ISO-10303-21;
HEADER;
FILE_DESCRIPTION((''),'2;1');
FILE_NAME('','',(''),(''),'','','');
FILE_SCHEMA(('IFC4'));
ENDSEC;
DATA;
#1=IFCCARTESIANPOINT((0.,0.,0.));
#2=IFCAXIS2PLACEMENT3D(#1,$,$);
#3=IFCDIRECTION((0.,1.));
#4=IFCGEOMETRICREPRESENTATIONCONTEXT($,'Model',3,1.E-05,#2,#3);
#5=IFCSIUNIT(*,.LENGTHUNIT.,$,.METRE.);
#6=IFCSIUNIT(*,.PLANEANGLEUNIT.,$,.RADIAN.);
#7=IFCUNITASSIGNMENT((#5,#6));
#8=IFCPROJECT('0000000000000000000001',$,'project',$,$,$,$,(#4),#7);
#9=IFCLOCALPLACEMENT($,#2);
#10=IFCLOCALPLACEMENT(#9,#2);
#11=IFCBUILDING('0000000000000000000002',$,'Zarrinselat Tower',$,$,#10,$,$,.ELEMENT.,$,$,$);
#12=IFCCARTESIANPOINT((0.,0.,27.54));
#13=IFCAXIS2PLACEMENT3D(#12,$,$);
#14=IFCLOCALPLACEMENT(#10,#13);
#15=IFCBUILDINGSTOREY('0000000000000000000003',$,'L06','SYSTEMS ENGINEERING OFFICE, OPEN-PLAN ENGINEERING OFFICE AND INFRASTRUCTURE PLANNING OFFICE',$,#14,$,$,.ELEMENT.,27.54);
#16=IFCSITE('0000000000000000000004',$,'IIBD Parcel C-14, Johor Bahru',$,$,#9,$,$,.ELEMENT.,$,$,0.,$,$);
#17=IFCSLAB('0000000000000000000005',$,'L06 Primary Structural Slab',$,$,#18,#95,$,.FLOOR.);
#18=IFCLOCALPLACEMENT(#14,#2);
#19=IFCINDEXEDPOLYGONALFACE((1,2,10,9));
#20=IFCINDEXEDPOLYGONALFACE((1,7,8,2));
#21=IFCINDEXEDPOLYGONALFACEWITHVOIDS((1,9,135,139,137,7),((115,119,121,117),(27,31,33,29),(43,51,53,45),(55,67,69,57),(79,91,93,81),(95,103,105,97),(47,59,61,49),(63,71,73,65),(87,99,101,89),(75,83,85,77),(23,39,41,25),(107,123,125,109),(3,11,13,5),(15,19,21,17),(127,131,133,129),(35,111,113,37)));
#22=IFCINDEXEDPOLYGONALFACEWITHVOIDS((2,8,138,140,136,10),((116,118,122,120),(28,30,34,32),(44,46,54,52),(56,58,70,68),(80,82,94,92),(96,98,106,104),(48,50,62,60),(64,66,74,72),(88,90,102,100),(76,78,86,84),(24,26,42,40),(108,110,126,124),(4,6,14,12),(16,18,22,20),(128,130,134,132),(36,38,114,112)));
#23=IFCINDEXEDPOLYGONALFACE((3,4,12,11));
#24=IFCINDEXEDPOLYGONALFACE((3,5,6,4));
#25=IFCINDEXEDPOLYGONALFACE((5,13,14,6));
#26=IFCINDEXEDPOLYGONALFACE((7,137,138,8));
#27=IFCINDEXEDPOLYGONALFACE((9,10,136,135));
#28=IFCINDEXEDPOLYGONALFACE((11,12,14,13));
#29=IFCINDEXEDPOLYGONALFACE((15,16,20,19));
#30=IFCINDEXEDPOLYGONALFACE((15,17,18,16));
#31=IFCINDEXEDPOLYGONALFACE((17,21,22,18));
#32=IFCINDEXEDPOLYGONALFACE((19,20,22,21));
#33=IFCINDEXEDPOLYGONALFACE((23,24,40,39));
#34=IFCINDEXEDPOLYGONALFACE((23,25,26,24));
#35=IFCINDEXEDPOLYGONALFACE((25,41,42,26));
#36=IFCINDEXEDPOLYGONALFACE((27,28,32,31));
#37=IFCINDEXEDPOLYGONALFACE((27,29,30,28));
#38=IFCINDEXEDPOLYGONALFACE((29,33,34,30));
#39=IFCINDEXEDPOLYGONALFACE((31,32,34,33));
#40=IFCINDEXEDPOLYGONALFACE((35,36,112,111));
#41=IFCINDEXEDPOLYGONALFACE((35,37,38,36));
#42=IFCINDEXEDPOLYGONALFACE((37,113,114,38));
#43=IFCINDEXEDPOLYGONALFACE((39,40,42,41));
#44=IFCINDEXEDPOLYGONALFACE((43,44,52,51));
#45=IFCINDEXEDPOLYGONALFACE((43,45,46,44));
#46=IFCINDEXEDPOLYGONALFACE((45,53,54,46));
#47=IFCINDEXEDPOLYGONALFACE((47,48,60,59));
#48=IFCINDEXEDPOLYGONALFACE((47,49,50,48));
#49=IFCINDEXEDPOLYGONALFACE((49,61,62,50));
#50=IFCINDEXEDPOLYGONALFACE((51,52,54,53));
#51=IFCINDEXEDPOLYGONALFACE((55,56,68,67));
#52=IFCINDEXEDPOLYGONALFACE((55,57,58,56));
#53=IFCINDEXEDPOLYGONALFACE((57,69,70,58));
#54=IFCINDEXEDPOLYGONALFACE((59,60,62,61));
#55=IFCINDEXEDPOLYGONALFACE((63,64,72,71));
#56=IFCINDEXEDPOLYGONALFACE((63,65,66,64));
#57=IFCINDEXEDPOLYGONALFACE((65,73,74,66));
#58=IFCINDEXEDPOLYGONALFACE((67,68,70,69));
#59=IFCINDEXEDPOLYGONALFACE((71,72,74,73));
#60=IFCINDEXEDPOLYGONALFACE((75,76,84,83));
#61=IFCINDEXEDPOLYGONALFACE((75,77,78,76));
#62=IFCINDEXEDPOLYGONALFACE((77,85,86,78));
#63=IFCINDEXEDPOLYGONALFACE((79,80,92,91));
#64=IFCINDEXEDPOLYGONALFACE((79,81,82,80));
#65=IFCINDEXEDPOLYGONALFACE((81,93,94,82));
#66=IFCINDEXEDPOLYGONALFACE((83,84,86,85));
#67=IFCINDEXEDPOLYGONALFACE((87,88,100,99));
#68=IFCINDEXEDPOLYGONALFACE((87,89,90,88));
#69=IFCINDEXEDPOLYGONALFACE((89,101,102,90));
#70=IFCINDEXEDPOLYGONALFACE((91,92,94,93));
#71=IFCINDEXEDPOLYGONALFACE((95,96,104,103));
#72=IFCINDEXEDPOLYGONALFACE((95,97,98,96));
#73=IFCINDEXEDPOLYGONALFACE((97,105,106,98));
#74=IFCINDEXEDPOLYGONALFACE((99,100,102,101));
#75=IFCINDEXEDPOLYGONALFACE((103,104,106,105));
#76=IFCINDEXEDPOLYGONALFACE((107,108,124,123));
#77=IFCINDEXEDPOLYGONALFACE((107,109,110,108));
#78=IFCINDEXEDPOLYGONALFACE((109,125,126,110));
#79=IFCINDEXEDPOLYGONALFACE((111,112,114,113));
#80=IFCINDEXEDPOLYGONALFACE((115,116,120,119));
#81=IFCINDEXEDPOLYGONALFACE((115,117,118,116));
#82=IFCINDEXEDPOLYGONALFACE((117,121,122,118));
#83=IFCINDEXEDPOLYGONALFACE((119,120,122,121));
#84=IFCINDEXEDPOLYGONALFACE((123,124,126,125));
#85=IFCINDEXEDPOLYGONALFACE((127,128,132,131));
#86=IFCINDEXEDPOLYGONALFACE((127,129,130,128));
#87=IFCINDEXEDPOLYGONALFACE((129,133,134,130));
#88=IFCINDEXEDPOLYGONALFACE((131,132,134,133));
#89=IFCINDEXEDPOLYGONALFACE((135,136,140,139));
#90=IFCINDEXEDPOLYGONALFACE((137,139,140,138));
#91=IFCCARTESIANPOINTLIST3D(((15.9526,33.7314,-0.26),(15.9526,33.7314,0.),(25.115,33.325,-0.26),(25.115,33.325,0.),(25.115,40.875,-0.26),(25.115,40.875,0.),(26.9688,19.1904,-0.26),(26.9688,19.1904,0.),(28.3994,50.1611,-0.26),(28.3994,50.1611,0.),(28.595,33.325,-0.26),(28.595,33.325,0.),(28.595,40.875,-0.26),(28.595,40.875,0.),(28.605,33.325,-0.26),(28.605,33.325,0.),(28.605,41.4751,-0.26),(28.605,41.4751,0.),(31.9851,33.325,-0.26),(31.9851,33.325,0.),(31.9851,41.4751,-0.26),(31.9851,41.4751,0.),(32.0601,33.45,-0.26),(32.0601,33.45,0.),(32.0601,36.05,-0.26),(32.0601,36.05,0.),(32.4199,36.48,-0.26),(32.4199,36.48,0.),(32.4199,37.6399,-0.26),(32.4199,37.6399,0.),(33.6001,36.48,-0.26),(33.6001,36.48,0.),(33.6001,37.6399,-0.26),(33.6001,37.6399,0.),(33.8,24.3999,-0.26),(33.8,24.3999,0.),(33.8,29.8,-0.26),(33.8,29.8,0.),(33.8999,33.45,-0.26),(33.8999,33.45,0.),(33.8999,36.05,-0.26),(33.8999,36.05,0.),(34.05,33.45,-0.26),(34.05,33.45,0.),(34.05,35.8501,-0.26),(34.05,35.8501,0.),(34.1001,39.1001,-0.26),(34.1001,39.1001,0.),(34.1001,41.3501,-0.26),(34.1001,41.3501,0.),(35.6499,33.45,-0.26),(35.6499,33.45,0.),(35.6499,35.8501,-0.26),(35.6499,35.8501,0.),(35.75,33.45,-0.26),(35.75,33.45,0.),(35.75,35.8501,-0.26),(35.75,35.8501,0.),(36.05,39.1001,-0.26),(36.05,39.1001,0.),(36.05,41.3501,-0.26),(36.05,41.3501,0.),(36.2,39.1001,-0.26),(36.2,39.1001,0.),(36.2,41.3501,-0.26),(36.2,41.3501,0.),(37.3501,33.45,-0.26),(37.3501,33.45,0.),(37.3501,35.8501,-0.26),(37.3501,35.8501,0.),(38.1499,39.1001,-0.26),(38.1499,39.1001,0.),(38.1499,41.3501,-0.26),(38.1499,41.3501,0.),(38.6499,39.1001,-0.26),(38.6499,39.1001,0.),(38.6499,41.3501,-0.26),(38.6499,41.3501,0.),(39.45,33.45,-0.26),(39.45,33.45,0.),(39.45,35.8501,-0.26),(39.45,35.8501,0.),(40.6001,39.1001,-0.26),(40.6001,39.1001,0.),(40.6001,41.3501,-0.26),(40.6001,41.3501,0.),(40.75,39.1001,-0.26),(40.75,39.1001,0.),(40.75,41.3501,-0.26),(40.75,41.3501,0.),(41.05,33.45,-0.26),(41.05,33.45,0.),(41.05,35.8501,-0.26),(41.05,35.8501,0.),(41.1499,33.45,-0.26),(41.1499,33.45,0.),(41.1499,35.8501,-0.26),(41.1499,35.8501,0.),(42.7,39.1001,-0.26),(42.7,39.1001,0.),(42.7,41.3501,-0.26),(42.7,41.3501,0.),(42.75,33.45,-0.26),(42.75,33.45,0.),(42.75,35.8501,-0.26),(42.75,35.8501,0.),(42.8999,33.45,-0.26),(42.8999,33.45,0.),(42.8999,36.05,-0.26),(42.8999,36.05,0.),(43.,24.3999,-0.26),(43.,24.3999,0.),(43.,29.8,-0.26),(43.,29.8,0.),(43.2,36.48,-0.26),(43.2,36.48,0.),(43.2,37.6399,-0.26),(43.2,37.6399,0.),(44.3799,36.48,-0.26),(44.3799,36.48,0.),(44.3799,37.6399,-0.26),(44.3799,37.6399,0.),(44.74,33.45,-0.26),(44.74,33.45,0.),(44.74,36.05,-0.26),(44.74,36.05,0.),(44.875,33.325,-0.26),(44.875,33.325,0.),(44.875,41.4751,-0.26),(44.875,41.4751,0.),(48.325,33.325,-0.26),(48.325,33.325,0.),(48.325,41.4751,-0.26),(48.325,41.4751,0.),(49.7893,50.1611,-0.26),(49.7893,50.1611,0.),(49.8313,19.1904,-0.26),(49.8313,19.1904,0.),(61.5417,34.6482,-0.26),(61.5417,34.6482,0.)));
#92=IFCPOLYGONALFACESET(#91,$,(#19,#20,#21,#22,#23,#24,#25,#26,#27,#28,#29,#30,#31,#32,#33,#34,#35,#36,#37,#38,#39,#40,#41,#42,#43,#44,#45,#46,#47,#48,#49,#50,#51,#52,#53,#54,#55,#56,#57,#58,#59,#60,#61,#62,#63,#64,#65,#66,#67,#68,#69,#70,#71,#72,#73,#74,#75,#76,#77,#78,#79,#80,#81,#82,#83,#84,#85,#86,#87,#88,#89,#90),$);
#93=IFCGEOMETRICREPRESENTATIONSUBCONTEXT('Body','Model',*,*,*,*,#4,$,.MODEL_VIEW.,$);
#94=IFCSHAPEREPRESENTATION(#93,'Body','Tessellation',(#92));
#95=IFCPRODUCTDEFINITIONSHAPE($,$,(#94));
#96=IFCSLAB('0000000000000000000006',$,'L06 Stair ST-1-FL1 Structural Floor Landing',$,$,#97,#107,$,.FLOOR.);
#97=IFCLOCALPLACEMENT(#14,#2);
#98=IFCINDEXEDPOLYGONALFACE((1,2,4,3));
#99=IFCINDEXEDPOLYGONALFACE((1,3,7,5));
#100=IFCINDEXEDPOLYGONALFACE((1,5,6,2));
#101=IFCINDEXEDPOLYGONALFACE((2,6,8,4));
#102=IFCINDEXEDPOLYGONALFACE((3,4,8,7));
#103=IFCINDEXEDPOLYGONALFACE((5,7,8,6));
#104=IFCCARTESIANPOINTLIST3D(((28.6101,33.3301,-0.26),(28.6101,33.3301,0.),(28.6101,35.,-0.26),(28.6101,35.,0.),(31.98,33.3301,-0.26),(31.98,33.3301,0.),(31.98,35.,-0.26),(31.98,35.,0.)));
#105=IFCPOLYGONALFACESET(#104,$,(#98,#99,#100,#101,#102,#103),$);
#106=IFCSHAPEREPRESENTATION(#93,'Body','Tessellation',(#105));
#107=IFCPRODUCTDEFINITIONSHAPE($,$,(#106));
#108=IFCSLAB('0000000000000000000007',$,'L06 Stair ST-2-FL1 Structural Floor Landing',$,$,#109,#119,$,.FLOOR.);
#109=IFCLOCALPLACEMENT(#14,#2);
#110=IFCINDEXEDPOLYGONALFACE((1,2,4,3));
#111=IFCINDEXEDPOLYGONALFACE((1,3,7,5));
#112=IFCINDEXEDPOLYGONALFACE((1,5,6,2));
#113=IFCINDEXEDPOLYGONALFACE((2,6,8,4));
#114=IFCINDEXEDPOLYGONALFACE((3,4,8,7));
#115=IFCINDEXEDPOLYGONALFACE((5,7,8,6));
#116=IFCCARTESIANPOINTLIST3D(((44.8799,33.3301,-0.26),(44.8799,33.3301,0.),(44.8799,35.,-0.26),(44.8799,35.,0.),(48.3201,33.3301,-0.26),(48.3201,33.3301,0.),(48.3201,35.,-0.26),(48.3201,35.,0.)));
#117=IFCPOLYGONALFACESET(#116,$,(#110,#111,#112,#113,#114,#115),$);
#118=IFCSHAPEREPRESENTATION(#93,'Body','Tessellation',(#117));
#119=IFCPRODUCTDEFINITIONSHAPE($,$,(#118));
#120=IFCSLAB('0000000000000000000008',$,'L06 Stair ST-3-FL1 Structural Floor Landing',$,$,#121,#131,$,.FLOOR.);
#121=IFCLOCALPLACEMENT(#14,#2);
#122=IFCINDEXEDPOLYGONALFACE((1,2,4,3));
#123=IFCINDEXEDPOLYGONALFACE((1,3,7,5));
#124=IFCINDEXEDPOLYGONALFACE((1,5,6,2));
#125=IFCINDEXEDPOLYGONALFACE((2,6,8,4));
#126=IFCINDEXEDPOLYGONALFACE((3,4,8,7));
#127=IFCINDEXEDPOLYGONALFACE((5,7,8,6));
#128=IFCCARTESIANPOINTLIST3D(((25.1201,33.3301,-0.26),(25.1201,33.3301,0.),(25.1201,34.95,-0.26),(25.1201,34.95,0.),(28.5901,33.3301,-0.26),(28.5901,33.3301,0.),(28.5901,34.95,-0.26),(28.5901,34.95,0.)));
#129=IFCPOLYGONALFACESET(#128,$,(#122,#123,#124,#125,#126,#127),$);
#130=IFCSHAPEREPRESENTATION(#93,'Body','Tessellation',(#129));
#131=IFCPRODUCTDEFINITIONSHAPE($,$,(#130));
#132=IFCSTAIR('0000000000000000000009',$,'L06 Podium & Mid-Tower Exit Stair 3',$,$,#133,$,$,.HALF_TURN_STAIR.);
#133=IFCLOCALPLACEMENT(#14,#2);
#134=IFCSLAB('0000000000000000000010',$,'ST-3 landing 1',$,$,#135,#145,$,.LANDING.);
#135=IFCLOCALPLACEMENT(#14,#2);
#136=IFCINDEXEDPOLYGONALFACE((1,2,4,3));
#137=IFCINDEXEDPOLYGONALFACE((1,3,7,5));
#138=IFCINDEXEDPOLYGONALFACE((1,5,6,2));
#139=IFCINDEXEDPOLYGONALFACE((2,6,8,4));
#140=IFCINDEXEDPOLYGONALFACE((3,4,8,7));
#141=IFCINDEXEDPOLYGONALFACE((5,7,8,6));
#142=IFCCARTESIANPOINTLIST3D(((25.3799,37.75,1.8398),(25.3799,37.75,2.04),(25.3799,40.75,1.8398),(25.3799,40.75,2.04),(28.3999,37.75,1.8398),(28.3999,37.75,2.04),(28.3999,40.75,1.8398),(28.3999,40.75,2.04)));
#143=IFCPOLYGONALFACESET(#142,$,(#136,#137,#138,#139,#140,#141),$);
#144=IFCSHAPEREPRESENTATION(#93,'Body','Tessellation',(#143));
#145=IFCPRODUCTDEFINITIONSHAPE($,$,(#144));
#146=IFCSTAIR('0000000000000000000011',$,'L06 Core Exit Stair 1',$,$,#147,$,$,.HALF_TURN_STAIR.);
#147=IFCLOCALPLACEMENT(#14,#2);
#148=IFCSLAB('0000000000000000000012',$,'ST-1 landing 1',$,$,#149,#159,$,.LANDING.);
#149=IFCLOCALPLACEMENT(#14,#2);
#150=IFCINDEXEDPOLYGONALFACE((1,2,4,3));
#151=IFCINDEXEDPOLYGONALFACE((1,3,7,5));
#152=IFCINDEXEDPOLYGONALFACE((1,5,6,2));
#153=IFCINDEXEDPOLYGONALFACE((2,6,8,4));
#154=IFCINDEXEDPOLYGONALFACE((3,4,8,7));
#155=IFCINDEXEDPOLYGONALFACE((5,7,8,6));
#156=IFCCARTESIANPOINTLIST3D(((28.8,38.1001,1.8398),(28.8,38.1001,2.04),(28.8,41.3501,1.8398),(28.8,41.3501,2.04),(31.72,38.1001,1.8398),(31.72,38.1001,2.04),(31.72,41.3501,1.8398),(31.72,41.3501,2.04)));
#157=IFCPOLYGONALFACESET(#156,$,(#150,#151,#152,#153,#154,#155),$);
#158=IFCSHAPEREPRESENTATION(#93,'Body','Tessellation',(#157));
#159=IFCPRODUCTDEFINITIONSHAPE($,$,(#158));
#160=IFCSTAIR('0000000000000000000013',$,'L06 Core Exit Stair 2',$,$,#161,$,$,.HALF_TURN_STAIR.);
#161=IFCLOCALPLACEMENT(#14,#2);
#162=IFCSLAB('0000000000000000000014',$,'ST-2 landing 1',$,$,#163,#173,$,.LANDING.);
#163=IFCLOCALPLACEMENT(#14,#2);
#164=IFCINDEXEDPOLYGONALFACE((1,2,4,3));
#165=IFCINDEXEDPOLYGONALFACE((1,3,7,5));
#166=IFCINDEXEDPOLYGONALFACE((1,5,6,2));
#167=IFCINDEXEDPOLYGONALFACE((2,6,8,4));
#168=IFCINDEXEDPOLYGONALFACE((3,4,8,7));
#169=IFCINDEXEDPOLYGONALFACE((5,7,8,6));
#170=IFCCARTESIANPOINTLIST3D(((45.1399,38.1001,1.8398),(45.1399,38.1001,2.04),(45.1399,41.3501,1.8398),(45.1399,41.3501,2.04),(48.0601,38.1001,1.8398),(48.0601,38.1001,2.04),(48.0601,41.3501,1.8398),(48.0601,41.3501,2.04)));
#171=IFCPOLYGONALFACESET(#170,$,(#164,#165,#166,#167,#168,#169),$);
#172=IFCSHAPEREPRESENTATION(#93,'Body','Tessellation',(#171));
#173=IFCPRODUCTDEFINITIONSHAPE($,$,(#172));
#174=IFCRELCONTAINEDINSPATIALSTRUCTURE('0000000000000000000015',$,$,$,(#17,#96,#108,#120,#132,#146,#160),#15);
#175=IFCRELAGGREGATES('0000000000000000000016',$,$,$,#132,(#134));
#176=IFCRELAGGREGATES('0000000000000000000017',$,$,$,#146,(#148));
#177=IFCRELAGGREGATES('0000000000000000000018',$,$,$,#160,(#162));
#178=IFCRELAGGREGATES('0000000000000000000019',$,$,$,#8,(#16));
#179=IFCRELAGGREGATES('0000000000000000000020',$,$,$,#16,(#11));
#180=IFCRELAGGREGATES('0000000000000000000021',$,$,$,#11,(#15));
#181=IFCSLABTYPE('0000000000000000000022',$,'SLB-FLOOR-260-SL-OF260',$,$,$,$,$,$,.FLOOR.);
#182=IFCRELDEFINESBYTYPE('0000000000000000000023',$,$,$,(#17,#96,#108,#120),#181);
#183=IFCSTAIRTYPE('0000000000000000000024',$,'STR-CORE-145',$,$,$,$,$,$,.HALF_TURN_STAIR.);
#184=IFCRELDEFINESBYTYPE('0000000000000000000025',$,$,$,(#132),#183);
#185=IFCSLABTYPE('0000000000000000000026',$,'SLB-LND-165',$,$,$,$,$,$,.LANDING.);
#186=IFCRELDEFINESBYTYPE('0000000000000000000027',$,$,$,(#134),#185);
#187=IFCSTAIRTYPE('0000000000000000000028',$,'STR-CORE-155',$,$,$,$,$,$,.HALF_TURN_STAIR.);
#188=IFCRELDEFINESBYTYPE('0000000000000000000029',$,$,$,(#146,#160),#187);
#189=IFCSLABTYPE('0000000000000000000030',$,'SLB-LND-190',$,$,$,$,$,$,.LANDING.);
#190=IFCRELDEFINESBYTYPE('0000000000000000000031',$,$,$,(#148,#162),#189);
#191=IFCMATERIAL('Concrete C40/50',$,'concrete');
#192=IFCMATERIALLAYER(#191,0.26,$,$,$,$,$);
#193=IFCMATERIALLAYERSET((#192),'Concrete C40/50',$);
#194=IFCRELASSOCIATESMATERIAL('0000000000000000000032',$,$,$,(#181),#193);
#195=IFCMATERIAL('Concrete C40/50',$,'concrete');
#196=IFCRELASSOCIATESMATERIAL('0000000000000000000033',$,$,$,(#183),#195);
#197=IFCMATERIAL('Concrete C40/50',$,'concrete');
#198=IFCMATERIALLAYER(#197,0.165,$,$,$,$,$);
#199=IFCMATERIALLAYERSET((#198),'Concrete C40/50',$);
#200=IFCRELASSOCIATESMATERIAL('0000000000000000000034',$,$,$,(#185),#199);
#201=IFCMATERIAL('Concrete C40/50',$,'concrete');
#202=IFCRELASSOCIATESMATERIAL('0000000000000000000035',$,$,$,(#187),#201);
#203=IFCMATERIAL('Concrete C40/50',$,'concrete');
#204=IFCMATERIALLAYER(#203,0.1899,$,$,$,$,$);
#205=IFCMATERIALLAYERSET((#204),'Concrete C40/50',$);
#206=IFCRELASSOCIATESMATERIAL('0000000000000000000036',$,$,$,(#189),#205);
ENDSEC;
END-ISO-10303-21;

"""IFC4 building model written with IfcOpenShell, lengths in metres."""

from ifc_helpers import new_model, si_unit, direction, frame, origin, place, context, subcontext, project, spatial, polyline, outline, extrude, material, layer, layer_set, type_object, element, aggregate, save


model = new_model("IFC4")

# Units and contexts
model_context = context("Model", 3, precision=1e-05, world=origin(), true_north=direction((0.0, 1.0)))
body_context = subcontext(model_context, "Body", "Model", "MODEL_VIEW")
ifc_project = project(units=[si_unit("LENGTHUNIT", "METRE"), si_unit("PLANEANGLEUNIT", "RADIAN")], contexts=[model_context])

# Site, building, storey
site_placement = place(None, origin())
site = spatial("IfcSite", under=ifc_project, at=site_placement, Name="IIBD Parcel C-14, Johor Bahru", CompositionType="ELEMENT", RefElevation=0.0)
building_placement = place(site_placement, origin())
building = spatial("IfcBuilding", under=site, at=building_placement, Name="Zarrinselat Tower", CompositionType="ELEMENT")
storey_placement = place(building_placement, frame((0.0, 0.0, 27.54)))
storey = spatial("IfcBuildingStorey", under=building, at=storey_placement, Name="L06", Description="SYSTEMS ENGINEERING OFFICE, OPEN-PLAN ENGINEERING OFFICE AND INFRASTRUCTURE PLANNING OFFICE", CompositionType="ELEMENT", Elevation=27.54)

# Slabs
ifc_material_1 = material(Name="Concrete C40/50", Category="concrete")
ifc_layer_1 = layer(ifc_material_1, 0.26)
ifc_layer_set_1 = layer_set([ifc_layer_1], Name="Concrete C40/50")
slab_type_1 = type_object("IfcSlabType", Name="SLB-FLOOR-260-SL-OF260", PredefinedType="FLOOR", material=ifc_layer_set_1)
slab_1_placement = place(storey_placement, frame((0.0, 0.0, -0.26)))
element("IfcSlab", 1, at=slab_1_placement, inside=storey, type_object=slab_type_1, Name="L06 Primary Structural Slab", PredefinedType="FLOOR", context=body_context, shape_type="SweptSolid", body=[
    extrude(outline(polyline([(49.7893, 50.1611), (28.3994, 50.1611), (15.9526, 33.7314), (26.9688, 19.1904), (49.8313, 19.1904), (61.5417, 34.6482), (49.7893, 50.1611)]), holes=[polyline([(34.05, 33.45), (34.05, 35.8501), (35.6499, 35.8501), (35.6499, 33.45), (34.05, 33.45)]), polyline([(35.75, 33.45), (35.75, 35.8501), (37.3501, 35.8501), (37.3501, 33.45), (35.75, 33.45)]), polyline([(32.0601, 33.45), (32.0601, 36.05), (33.8999, 36.05), (33.8999, 33.45), (32.0601, 33.45)]), polyline([(32.4199, 36.48), (32.4199, 37.6399), (33.6001, 37.6399), (33.6001, 36.48), (32.4199, 36.48)]), polyline([(28.595, 33.325), (25.115, 33.325), (25.115, 40.875), (28.595, 40.875), (28.595, 33.325)]), polyline([(31.9851, 33.325), (28.605, 33.325), (28.605, 41.4751), (31.9851, 41.4751), (31.9851, 33.325)]), polyline([(34.1001, 39.1001), (34.1001, 41.3501), (36.05, 41.3501), (36.05, 39.1001), (34.1001, 39.1001)]), polyline([(36.2, 39.1001), (36.2, 41.3501), (38.1499, 41.3501), (38.1499, 39.1001), (36.2, 39.1001)]), polyline([(33.8, 24.3999), (33.8, 29.8), (43.0, 29.8), (43.0, 24.3999), (33.8, 24.3999)]), polyline([(39.45, 33.45), (39.45, 35.8501), (41.05, 35.8501), (41.05, 33.45), (39.45, 33.45)]), polyline([(41.1499, 33.45), (41.1499, 35.8501), (42.75, 35.8501), (42.75, 33.45), (41.1499, 33.45)]), polyline([(42.8999, 33.45), (42.8999, 36.05), (44.74, 36.05), (44.74, 33.45), (42.8999, 33.45)]), polyline([(43.2, 36.48), (43.2, 37.6399), (44.3799, 37.6399), (44.3799, 36.48), (43.2, 36.48)]), polyline([(48.325, 33.325), (44.875, 33.325), (44.875, 41.4751), (48.325, 41.4751), (48.325, 33.325)]), polyline([(38.6499, 39.1001), (38.6499, 41.3501), (40.6001, 41.3501), (40.6001, 39.1001), (38.6499, 39.1001)]), polyline([(40.75, 39.1001), (40.75, 41.3501), (42.7, 41.3501), (42.7, 39.1001), (40.75, 39.1001)])]), origin(), (0.0, 0.0, 1.0), 0.26),
])
slab_2_placement = place(storey_placement, frame((0.0, 0.0, -0.26)))
element("IfcSlab", 2, at=slab_2_placement, inside=storey, type_object=slab_type_1, Name="L06 Stair ST-1-FL1 Structural Floor Landing", PredefinedType="FLOOR", context=body_context, shape_type="SweptSolid", body=[
    extrude(outline(polyline([(31.98, 33.3301), (31.98, 35.0), (28.6101, 35.0), (28.6101, 33.3301), (31.98, 33.3301)])), origin(), (0.0, 0.0, 1.0), 0.26),
])
slab_3_placement = place(storey_placement, frame((0.0, 0.0, -0.26)))
element("IfcSlab", 3, at=slab_3_placement, inside=storey, type_object=slab_type_1, Name="L06 Stair ST-2-FL1 Structural Floor Landing", PredefinedType="FLOOR", context=body_context, shape_type="SweptSolid", body=[
    extrude(outline(polyline([(48.3201, 33.3301), (48.3201, 35.0), (44.8799, 35.0), (44.8799, 33.3301), (48.3201, 33.3301)])), origin(), (0.0, 0.0, 1.0), 0.26),
])
slab_4_placement = place(storey_placement, frame((0.0, 0.0, -0.26)))
element("IfcSlab", 4, at=slab_4_placement, inside=storey, type_object=slab_type_1, Name="L06 Stair ST-3-FL1 Structural Floor Landing", PredefinedType="FLOOR", context=body_context, shape_type="SweptSolid", body=[
    extrude(outline(polyline([(28.5901, 33.3301), (28.5901, 34.95), (25.1201, 34.95), (25.1201, 33.3301), (28.5901, 33.3301)])), origin(), (0.0, 0.0, 1.0), 0.26),
])

# Stairs, slabs
ifc_material_2 = material(Name="Concrete C40/50", Category="concrete")
stair_type_1 = type_object("IfcStairType", Name="STR-CORE-145", PredefinedType="HALF_TURN_STAIR", material=ifc_material_2)
stair_1_placement = place(storey_placement, origin())
stair_1 = element("IfcStair", 5, at=stair_1_placement, inside=storey, type_object=stair_type_1, Name="L06 Podium & Mid-Tower Exit Stair 3", PredefinedType="HALF_TURN_STAIR")
ifc_material_3 = material(Name="Concrete C40/50", Category="concrete")
ifc_layer_2 = layer(ifc_material_3, 0.165)
ifc_layer_set_2 = layer_set([ifc_layer_2], Name="Concrete C40/50")
slab_type_2 = type_object("IfcSlabType", Name="SLB-LND-165", PredefinedType="LANDING", material=ifc_layer_set_2)
slab_5_placement = place(storey_placement, frame((0.0, 0.0, 1.8398)))
slab_5 = element("IfcSlab", 6, at=slab_5_placement, type_object=slab_type_2, Name="ST-3 landing 1", PredefinedType="LANDING", context=body_context, shape_type="SweptSolid", body=[
    extrude(outline(polyline([(28.3999, 37.75), (28.3999, 40.75), (25.3799, 40.75), (25.3799, 37.75), (28.3999, 37.75)])), origin(), (0.0, 0.0, 1.0), 0.2002),
])
aggregate(stair_1, [slab_5])
ifc_material_4 = material(Name="Concrete C40/50", Category="concrete")
stair_type_2 = type_object("IfcStairType", Name="STR-CORE-155", PredefinedType="HALF_TURN_STAIR", material=ifc_material_4)
stair_2_placement = place(storey_placement, origin())
stair_2 = element("IfcStair", 7, at=stair_2_placement, inside=storey, type_object=stair_type_2, Name="L06 Core Exit Stair 1", PredefinedType="HALF_TURN_STAIR")
ifc_material_5 = material(Name="Concrete C40/50", Category="concrete")
ifc_layer_3 = layer(ifc_material_5, 0.1899)
ifc_layer_set_3 = layer_set([ifc_layer_3], Name="Concrete C40/50")
slab_type_3 = type_object("IfcSlabType", Name="SLB-LND-190", PredefinedType="LANDING", material=ifc_layer_set_3)
slab_6_placement = place(storey_placement, frame((0.0, 0.0, 1.8398)))
slab_6 = element("IfcSlab", 8, at=slab_6_placement, type_object=slab_type_3, Name="ST-1 landing 1", PredefinedType="LANDING", context=body_context, shape_type="SweptSolid", body=[
    extrude(outline(polyline([(31.72, 38.1001), (31.72, 41.3501), (28.8, 41.3501), (28.8, 38.1001), (31.72, 38.1001)])), origin(), (0.0, 0.0, 1.0), 0.2002),
])
aggregate(stair_2, [slab_6])
stair_3_placement = place(storey_placement, origin())
stair_3 = element("IfcStair", 9, at=stair_3_placement, inside=storey, type_object=stair_type_2, Name="L06 Core Exit Stair 2", PredefinedType="HALF_TURN_STAIR")
slab_7_placement = place(storey_placement, frame((0.0, 0.0, 1.8398)))
slab_7 = element("IfcSlab", 10, at=slab_7_placement, type_object=slab_type_3, Name="ST-2 landing 1", PredefinedType="LANDING", context=body_context, shape_type="SweptSolid", body=[
    extrude(outline(polyline([(48.0601, 38.1001), (48.0601, 41.3501), (45.1399, 41.3501), (45.1399, 38.1001), (48.0601, 38.1001)])), origin(), (0.0, 0.0, 1.0), 0.2002),
])
aggregate(stair_3, [slab_7])

save(model, "model.ifc")
